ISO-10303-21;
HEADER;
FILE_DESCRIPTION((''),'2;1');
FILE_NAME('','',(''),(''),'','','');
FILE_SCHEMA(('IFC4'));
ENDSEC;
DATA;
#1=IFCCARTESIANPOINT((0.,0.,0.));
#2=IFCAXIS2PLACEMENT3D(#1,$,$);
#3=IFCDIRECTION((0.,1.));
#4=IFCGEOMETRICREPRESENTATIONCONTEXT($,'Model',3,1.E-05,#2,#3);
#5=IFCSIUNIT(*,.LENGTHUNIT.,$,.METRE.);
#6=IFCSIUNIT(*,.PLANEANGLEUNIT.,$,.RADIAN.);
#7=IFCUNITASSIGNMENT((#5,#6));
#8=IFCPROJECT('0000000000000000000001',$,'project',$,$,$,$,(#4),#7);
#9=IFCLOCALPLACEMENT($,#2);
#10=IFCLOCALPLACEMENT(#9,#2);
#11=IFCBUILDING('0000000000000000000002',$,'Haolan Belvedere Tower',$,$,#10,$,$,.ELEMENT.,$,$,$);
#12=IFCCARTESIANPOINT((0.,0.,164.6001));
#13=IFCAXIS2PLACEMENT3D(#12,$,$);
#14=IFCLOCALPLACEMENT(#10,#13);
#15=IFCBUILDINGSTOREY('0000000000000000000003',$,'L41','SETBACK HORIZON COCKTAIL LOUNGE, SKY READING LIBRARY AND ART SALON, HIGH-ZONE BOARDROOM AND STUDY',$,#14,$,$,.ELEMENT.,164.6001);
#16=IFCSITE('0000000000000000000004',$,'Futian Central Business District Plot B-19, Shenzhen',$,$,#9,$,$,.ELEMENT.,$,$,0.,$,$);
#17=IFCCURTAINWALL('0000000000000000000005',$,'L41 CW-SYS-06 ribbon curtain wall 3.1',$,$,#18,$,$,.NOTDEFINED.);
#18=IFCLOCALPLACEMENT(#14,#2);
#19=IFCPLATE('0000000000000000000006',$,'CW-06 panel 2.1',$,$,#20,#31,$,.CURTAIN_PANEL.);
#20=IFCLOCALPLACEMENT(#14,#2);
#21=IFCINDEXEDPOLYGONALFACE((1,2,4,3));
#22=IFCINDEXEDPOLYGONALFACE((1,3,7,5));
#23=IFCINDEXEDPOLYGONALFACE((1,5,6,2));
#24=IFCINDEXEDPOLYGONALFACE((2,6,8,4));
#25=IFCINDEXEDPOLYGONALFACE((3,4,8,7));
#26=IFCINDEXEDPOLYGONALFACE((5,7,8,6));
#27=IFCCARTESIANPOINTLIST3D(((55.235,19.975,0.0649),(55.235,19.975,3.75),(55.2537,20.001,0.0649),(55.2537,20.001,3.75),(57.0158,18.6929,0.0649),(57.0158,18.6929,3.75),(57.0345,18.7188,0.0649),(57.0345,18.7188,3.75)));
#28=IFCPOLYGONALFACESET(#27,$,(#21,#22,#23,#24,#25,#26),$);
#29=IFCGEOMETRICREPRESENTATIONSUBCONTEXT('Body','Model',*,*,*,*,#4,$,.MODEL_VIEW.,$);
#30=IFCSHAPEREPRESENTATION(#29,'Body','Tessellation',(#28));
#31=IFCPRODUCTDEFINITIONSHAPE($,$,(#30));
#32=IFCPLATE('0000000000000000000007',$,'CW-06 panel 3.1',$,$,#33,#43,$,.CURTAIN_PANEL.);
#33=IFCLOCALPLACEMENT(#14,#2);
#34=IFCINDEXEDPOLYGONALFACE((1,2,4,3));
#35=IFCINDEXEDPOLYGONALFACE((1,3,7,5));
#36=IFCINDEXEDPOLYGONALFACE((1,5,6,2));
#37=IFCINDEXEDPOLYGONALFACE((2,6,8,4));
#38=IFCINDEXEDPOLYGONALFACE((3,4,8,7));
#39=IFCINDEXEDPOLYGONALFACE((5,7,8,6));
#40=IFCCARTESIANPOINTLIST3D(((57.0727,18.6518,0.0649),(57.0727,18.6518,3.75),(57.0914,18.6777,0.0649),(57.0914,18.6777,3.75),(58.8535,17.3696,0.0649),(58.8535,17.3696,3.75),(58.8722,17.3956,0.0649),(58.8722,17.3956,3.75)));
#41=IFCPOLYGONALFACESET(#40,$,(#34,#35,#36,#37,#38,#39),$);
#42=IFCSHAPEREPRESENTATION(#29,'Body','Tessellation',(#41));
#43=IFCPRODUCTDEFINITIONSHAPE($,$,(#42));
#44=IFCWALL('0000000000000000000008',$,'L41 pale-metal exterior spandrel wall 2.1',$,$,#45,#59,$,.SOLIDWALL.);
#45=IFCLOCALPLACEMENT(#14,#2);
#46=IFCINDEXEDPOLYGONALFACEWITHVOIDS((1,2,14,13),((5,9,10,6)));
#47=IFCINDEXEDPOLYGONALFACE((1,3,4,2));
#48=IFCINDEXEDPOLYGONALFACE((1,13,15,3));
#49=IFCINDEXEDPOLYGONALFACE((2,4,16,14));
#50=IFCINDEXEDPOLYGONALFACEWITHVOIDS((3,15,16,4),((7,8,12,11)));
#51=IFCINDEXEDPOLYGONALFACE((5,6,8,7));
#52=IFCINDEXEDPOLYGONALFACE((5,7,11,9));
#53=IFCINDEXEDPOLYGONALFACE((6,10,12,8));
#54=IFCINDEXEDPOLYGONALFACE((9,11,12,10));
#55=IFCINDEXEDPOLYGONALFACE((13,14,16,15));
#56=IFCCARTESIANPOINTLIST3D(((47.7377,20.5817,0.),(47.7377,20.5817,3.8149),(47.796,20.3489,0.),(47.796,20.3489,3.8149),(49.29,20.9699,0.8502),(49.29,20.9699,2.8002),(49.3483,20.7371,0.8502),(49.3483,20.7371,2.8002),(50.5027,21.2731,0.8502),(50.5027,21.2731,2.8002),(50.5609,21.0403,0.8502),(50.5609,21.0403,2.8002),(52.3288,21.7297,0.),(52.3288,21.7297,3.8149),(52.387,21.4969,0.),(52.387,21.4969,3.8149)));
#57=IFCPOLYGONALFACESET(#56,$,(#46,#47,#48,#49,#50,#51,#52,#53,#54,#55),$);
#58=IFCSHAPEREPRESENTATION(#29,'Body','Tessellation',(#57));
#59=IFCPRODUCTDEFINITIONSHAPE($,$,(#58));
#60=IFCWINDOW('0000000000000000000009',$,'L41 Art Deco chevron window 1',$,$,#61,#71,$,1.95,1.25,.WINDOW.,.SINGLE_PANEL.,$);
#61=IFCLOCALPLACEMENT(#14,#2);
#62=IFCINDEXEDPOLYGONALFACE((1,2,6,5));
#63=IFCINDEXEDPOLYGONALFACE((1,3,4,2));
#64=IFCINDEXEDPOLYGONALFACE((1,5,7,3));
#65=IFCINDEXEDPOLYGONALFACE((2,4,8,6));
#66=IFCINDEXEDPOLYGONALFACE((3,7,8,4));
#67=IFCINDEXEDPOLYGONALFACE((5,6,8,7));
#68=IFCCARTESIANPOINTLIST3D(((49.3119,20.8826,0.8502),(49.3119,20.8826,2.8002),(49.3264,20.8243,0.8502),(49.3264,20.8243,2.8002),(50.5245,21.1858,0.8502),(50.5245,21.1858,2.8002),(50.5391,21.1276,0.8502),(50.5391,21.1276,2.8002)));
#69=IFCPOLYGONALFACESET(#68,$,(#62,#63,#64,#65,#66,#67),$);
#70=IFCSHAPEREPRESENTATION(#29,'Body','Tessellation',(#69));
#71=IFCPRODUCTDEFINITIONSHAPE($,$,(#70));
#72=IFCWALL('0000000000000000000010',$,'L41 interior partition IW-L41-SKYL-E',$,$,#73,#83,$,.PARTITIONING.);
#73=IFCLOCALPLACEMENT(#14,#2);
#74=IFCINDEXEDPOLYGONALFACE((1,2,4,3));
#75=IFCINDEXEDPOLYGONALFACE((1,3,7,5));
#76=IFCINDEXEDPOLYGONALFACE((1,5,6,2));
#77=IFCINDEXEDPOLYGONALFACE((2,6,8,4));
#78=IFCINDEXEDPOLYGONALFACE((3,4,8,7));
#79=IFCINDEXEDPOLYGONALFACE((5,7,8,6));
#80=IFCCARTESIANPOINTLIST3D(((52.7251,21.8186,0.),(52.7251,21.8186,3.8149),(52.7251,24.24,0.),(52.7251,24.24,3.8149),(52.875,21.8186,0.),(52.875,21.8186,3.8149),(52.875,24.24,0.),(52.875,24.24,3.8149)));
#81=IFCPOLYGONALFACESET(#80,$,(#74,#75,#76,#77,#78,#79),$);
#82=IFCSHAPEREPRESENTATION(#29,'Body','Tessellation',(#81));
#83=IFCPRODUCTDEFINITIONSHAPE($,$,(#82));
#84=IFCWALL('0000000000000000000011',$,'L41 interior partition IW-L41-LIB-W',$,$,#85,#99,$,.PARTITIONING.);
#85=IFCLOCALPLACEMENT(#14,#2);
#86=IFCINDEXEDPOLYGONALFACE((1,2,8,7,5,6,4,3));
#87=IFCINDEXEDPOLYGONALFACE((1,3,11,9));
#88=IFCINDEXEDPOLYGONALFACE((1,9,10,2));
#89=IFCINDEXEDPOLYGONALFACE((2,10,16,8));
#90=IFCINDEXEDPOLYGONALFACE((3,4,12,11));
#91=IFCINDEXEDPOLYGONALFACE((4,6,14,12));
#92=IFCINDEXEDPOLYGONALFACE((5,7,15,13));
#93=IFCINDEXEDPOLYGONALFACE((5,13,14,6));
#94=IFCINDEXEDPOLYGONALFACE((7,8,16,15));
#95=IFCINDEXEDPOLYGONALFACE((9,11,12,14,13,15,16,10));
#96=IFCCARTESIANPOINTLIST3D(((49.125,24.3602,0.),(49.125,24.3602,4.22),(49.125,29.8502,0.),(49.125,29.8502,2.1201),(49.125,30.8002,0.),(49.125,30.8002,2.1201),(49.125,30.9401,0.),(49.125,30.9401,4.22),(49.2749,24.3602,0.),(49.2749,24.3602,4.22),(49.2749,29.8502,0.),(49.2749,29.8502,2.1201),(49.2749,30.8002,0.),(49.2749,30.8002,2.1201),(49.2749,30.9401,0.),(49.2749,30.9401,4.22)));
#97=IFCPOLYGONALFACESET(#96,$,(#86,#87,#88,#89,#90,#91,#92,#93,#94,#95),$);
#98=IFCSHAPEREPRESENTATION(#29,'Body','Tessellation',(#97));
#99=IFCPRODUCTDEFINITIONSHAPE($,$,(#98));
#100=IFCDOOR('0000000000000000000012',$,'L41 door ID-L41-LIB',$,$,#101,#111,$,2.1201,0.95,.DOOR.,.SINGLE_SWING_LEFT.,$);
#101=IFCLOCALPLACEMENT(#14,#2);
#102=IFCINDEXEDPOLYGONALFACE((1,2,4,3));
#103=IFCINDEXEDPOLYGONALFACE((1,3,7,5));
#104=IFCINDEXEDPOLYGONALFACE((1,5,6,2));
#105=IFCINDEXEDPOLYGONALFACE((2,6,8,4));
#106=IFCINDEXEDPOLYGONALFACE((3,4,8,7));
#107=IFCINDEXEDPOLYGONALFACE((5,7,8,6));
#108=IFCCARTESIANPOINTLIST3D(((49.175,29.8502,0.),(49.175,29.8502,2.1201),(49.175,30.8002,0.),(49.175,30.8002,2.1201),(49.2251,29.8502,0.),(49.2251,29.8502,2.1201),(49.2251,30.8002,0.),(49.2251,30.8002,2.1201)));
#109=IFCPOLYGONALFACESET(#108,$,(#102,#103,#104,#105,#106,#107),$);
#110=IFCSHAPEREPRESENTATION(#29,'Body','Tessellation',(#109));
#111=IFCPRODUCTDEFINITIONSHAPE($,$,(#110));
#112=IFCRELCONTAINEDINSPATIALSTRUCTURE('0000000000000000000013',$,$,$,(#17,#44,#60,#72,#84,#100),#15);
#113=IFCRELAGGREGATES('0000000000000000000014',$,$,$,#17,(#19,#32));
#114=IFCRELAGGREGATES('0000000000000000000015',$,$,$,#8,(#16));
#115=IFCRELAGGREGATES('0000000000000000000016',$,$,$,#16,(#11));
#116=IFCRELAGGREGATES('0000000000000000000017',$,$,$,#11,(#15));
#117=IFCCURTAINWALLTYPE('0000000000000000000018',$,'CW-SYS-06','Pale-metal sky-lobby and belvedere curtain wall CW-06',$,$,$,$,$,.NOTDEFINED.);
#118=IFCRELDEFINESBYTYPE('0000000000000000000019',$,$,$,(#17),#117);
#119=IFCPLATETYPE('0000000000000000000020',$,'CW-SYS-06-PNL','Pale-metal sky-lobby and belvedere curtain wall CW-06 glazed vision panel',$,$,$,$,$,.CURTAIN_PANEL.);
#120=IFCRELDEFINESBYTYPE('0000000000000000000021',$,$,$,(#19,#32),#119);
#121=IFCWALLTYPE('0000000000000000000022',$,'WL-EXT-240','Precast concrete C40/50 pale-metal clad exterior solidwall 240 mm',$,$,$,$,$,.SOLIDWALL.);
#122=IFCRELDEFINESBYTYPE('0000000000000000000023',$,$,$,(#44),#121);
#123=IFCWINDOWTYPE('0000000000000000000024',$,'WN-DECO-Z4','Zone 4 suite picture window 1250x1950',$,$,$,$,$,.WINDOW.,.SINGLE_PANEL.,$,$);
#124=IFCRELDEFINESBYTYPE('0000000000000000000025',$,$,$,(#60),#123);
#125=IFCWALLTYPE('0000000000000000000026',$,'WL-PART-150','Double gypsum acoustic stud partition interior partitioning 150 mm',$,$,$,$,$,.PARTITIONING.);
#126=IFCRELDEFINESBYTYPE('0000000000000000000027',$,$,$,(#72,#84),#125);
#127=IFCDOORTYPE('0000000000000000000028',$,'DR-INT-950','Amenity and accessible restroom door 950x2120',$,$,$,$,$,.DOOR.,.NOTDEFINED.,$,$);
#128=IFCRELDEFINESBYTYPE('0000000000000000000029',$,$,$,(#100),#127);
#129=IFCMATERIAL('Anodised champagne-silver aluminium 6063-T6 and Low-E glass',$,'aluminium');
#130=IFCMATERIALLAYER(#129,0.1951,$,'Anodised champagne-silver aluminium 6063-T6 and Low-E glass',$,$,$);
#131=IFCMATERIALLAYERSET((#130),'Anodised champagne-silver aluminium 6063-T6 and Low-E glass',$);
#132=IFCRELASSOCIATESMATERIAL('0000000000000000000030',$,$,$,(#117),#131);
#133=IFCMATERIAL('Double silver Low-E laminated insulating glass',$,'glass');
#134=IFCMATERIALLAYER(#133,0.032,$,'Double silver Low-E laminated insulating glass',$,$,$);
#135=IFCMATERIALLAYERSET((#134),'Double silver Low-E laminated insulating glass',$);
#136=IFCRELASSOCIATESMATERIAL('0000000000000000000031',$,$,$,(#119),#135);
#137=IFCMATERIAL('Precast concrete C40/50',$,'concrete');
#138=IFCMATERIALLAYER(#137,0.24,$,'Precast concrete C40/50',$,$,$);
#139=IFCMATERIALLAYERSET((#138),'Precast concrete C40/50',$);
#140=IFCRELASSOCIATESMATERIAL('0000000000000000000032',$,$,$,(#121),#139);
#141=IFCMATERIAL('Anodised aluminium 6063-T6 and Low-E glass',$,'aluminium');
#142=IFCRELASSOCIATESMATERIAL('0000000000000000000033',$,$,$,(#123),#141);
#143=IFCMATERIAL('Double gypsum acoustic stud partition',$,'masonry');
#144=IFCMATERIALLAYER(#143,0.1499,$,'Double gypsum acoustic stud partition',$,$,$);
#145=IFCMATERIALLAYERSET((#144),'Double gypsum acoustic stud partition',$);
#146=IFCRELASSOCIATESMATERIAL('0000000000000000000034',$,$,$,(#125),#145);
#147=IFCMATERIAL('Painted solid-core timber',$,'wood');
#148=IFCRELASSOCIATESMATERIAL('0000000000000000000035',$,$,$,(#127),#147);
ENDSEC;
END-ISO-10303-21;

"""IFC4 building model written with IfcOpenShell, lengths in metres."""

from ifc_helpers import new_model, si_unit, direction, frame, frame_2d, origin, origin_2d, place, context, subcontext, project, spatial, rectangle, extrude, material, layer, layer_set, type_object, element, fill, aggregate, save


model = new_model("IFC4")

# Units and contexts
model_context = context("Model", 3, precision=1e-05, world=origin(), true_north=direction((0.0, 1.0)))
body_context = subcontext(model_context, "Body", "Model", "MODEL_VIEW")
ifc_project = project(units=[si_unit("LENGTHUNIT", "METRE"), si_unit("PLANEANGLEUNIT", "RADIAN")], contexts=[model_context])

# Site, building, storey
site_placement = place(None, origin())
site = spatial("IfcSite", under=ifc_project, at=site_placement, Name="Futian Central Business District Plot B-19, Shenzhen", CompositionType="ELEMENT", RefElevation=0.0)
building_placement = place(site_placement, origin())
building = spatial("IfcBuilding", under=site, at=building_placement, Name="Haolan Belvedere Tower", CompositionType="ELEMENT")
storey_placement = place(building_placement, frame((0.0, 0.0, 164.6001)))
storey = spatial("IfcBuildingStorey", under=building, at=storey_placement, Name="L41", Description="SETBACK HORIZON COCKTAIL LOUNGE, SKY READING LIBRARY AND ART SALON, HIGH-ZONE BOARDROOM AND STUDY", CompositionType="ELEMENT", Elevation=164.6001)

# Shared definitions
ifc_material_1 = material(Name="Anodised champagne-silver aluminium 6063-T6 and Low-E glass", Category="aluminium")
ifc_layer_1 = layer(ifc_material_1, 0.1951, Name="Anodised champagne-silver aluminium 6063-T6 and Low-E glass")
ifc_layer_set_1 = layer_set([ifc_layer_1], Name="Anodised champagne-silver aluminium 6063-T6 and Low-E glass")
curtain_wall_type = type_object("IfcCurtainWallType", Name="CW-SYS-06", Description="Pale-metal sky-lobby and belvedere curtain wall CW-06", PredefinedType="NOTDEFINED", material=ifc_layer_set_1)

# Curtain wall
curtain_wall_1_placement = place(storey_placement, origin())
curtain_wall_1 = element("IfcCurtainWall", 1, at=curtain_wall_1_placement, inside=storey, type_object=curtain_wall_type, Name="L41 CW-SYS-06 ribbon curtain wall 3.1", PredefinedType="NOTDEFINED")

# Plates
ifc_material_2 = material(Name="Double silver Low-E laminated insulating glass", Category="glass")
ifc_layer_2 = layer(ifc_material_2, 0.032, Name="Double silver Low-E laminated insulating glass")
ifc_layer_set_2 = layer_set([ifc_layer_2], Name="Double silver Low-E laminated insulating glass")
plate_type = type_object("IfcPlateType", Name="CW-SYS-06-PNL", Description="Pale-metal sky-lobby and belvedere curtain wall CW-06 glazed vision panel", PredefinedType="CURTAIN_PANEL", material=ifc_layer_set_2)
plate_1_placement = place(storey_placement, frame((56.1348, 19.3469, 0.0649), z_axis=(0.0, 0.0, 1.0), x_axis=(0.81154, -0.584297, 0.0)))
plate_1 = element("IfcPlate", 2, at=plate_1_placement, type_object=plate_type, Name="CW-06 panel 2.1", PredefinedType="CURTAIN_PANEL", context=body_context, shape_type="SweptSolid", body=[
    extrude(rectangle(XDim=2.1943, YDim=0.032, at=origin_2d()), origin(), (0.0, 0.0, 1.0), 3.6851),
])
plate_2_placement = place(storey_placement, frame((57.9724, 18.0237, 0.0649), z_axis=(0.0, 0.0, 1.0), x_axis=(0.81154, -0.584297, 0.0)))
plate_2 = element("IfcPlate", 3, at=plate_2_placement, type_object=plate_type, Name="CW-06 panel 3.1", PredefinedType="CURTAIN_PANEL", context=body_context, shape_type="SweptSolid", body=[
    extrude(rectangle(XDim=2.1943, YDim=0.032, at=origin_2d()), origin(), (0.0, 0.0, 1.0), 3.6851),
])
aggregate(curtain_wall_1, [plate_1, plate_2])

# Wall, opening, window
ifc_material_3 = material(Name="Precast concrete C40/50", Category="concrete")
ifc_layer_3 = layer(ifc_material_3, 0.24, Name="Precast concrete C40/50")
ifc_layer_set_3 = layer_set([ifc_layer_3], Name="Precast concrete C40/50")
wall_type_1 = type_object("IfcWallType", Name="WL-EXT-240", Description="Precast concrete C40/50 pale-metal clad exterior solidwall 240 mm", PredefinedType="SOLIDWALL", material=ifc_layer_set_3)
wall_1_placement = place(storey_placement, frame((47.7668, 20.4653, 0.0), z_axis=(0.0, 0.0, 1.0), x_axis=(0.970133, 0.242572, 0.0)))
wall_1 = element("IfcWall", 4, at=wall_1_placement, inside=storey, type_object=wall_type_1, Name="L41 pale-metal exterior spandrel wall 2.1", PredefinedType="SOLIDWALL", context=body_context, shape_type="SweptSolid", body=[
    extrude(rectangle(XDim=4.7324, YDim=0.24, at=frame_2d((2.3662, 0.0))), origin(), (0.0, 0.0, 1.0), 3.8149),
])
opening_1_placement = place(wall_1_placement, frame((1.6001, 0.0, 0.8501)))
opening_1 = element("IfcOpeningElement", 5, at=opening_1_placement, cuts=wall_1, PredefinedType="OPENING", context=body_context, shape_type="SweptSolid", body=[
    extrude(rectangle(XDim=1.25, YDim=1.95, at=frame_2d((0.625, 0.9751))), frame((0.0, 0.1299, 0.0), z_axis=(0.0, -1.0, 0.0), x_axis=(1.0, 0.0, 0.0)), (0.0, 0.0, 1.0), 0.26),
])
ifc_material_4 = material(Name="Anodised aluminium 6063-T6 and Low-E glass", Category="aluminium")
window_type = type_object("IfcWindowType", Name="WN-DECO-Z4", Description="Zone 4 suite picture window 1250x1950", PartitioningType="SINGLE_PANEL", PredefinedType="WINDOW", material=ifc_material_4)
window_placement = place(opening_1_placement, origin())
window = element("IfcWindow", 6, at=window_placement, inside=storey, type_object=window_type, Name="L41 Art Deco chevron window 1", OverallHeight=1.95, OverallWidth=1.25, PartitioningType="SINGLE_PANEL", PredefinedType="WINDOW", context=body_context, shape_type="SweptSolid", body=[
    extrude(rectangle(XDim=1.25, YDim=1.95, at=frame_2d((0.625, 0.9751))), frame((0.0, 0.03, 0.0), z_axis=(0.0, -1.0, 0.0), x_axis=(1.0, 0.0, 0.0)), (0.0, 0.0, 1.0), 0.0601),
])
fill(opening_1, window)

# Wall
ifc_material_5 = material(Name="Double gypsum acoustic stud partition", Category="masonry")
ifc_layer_4 = layer(ifc_material_5, 0.1499, Name="Double gypsum acoustic stud partition")
ifc_layer_set_4 = layer_set([ifc_layer_4], Name="Double gypsum acoustic stud partition")
wall_type_2 = type_object("IfcWallType", Name="WL-PART-150", Description="Double gypsum acoustic stud partition interior partitioning 150 mm", PredefinedType="PARTITIONING", material=ifc_layer_set_4)
wall_2_placement = place(storey_placement, frame((52.8, 21.8186, 0.0), z_axis=(0.0, 0.0, 1.0), x_axis=(0.0, 1.0, 0.0)))
element("IfcWall", 7, at=wall_2_placement, inside=storey, type_object=wall_type_2, Name="L41 interior partition IW-L41-SKYL-E", PredefinedType="PARTITIONING", context=body_context, shape_type="SweptSolid", body=[
    extrude(rectangle(XDim=2.4214, YDim=0.1499, at=frame_2d((1.2107, 0.0))), origin(), (0.0, 0.0, 1.0), 3.8149),
])

# Wall, opening, door
wall_3_placement = place(storey_placement, frame((49.2, 24.3601, 0.0), z_axis=(0.0, 0.0, 1.0), x_axis=(0.0, 1.0, 0.0)))
wall_3 = element("IfcWall", 8, at=wall_3_placement, inside=storey, type_object=wall_type_2, Name="L41 interior partition IW-L41-LIB-W", PredefinedType="PARTITIONING", context=body_context, shape_type="SweptSolid", body=[
    extrude(rectangle(XDim=6.5798, YDim=0.1499, at=frame_2d((3.29, 0.0))), origin(), (0.0, 0.0, 1.0), 4.22),
])
opening_2_placement = place(wall_3_placement, frame((5.49, 0.0, 0.0)))
opening_2 = element("IfcOpeningElement", 9, at=opening_2_placement, cuts=wall_3, PredefinedType="OPENING", context=body_context, shape_type="SweptSolid", body=[
    extrude(rectangle(XDim=0.95, YDim=2.1201, at=frame_2d((0.4751, 1.0601))), frame((0.0, 0.085, 0.0), z_axis=(0.0, -1.0, 0.0), x_axis=(1.0, 0.0, 0.0)), (0.0, 0.0, 1.0), 0.1699),
])
ifc_material_6 = material(Name="Painted solid-core timber", Category="wood")
door_type = type_object("IfcDoorType", Name="DR-INT-950", Description="Amenity and accessible restroom door 950x2120", OperationType="NOTDEFINED", PredefinedType="DOOR", material=ifc_material_6)
door_placement = place(opening_2_placement, origin())
door = element("IfcDoor", 10, at=door_placement, inside=storey, type_object=door_type, Name="L41 door ID-L41-LIB", OperationType="SINGLE_SWING_LEFT", OverallHeight=2.1201, OverallWidth=0.95, PredefinedType="DOOR", context=body_context, shape_type="SweptSolid", body=[
    extrude(rectangle(XDim=0.95, YDim=2.1201, at=frame_2d((0.4751, 1.0601))), frame((0.0, 0.0249, 0.0), z_axis=(0.0, -1.0, 0.0), x_axis=(1.0, 0.0, 0.0)), (0.0, 0.0, 1.0), 0.05),
])
fill(opening_2, door)

save(model, "model.ifc")
